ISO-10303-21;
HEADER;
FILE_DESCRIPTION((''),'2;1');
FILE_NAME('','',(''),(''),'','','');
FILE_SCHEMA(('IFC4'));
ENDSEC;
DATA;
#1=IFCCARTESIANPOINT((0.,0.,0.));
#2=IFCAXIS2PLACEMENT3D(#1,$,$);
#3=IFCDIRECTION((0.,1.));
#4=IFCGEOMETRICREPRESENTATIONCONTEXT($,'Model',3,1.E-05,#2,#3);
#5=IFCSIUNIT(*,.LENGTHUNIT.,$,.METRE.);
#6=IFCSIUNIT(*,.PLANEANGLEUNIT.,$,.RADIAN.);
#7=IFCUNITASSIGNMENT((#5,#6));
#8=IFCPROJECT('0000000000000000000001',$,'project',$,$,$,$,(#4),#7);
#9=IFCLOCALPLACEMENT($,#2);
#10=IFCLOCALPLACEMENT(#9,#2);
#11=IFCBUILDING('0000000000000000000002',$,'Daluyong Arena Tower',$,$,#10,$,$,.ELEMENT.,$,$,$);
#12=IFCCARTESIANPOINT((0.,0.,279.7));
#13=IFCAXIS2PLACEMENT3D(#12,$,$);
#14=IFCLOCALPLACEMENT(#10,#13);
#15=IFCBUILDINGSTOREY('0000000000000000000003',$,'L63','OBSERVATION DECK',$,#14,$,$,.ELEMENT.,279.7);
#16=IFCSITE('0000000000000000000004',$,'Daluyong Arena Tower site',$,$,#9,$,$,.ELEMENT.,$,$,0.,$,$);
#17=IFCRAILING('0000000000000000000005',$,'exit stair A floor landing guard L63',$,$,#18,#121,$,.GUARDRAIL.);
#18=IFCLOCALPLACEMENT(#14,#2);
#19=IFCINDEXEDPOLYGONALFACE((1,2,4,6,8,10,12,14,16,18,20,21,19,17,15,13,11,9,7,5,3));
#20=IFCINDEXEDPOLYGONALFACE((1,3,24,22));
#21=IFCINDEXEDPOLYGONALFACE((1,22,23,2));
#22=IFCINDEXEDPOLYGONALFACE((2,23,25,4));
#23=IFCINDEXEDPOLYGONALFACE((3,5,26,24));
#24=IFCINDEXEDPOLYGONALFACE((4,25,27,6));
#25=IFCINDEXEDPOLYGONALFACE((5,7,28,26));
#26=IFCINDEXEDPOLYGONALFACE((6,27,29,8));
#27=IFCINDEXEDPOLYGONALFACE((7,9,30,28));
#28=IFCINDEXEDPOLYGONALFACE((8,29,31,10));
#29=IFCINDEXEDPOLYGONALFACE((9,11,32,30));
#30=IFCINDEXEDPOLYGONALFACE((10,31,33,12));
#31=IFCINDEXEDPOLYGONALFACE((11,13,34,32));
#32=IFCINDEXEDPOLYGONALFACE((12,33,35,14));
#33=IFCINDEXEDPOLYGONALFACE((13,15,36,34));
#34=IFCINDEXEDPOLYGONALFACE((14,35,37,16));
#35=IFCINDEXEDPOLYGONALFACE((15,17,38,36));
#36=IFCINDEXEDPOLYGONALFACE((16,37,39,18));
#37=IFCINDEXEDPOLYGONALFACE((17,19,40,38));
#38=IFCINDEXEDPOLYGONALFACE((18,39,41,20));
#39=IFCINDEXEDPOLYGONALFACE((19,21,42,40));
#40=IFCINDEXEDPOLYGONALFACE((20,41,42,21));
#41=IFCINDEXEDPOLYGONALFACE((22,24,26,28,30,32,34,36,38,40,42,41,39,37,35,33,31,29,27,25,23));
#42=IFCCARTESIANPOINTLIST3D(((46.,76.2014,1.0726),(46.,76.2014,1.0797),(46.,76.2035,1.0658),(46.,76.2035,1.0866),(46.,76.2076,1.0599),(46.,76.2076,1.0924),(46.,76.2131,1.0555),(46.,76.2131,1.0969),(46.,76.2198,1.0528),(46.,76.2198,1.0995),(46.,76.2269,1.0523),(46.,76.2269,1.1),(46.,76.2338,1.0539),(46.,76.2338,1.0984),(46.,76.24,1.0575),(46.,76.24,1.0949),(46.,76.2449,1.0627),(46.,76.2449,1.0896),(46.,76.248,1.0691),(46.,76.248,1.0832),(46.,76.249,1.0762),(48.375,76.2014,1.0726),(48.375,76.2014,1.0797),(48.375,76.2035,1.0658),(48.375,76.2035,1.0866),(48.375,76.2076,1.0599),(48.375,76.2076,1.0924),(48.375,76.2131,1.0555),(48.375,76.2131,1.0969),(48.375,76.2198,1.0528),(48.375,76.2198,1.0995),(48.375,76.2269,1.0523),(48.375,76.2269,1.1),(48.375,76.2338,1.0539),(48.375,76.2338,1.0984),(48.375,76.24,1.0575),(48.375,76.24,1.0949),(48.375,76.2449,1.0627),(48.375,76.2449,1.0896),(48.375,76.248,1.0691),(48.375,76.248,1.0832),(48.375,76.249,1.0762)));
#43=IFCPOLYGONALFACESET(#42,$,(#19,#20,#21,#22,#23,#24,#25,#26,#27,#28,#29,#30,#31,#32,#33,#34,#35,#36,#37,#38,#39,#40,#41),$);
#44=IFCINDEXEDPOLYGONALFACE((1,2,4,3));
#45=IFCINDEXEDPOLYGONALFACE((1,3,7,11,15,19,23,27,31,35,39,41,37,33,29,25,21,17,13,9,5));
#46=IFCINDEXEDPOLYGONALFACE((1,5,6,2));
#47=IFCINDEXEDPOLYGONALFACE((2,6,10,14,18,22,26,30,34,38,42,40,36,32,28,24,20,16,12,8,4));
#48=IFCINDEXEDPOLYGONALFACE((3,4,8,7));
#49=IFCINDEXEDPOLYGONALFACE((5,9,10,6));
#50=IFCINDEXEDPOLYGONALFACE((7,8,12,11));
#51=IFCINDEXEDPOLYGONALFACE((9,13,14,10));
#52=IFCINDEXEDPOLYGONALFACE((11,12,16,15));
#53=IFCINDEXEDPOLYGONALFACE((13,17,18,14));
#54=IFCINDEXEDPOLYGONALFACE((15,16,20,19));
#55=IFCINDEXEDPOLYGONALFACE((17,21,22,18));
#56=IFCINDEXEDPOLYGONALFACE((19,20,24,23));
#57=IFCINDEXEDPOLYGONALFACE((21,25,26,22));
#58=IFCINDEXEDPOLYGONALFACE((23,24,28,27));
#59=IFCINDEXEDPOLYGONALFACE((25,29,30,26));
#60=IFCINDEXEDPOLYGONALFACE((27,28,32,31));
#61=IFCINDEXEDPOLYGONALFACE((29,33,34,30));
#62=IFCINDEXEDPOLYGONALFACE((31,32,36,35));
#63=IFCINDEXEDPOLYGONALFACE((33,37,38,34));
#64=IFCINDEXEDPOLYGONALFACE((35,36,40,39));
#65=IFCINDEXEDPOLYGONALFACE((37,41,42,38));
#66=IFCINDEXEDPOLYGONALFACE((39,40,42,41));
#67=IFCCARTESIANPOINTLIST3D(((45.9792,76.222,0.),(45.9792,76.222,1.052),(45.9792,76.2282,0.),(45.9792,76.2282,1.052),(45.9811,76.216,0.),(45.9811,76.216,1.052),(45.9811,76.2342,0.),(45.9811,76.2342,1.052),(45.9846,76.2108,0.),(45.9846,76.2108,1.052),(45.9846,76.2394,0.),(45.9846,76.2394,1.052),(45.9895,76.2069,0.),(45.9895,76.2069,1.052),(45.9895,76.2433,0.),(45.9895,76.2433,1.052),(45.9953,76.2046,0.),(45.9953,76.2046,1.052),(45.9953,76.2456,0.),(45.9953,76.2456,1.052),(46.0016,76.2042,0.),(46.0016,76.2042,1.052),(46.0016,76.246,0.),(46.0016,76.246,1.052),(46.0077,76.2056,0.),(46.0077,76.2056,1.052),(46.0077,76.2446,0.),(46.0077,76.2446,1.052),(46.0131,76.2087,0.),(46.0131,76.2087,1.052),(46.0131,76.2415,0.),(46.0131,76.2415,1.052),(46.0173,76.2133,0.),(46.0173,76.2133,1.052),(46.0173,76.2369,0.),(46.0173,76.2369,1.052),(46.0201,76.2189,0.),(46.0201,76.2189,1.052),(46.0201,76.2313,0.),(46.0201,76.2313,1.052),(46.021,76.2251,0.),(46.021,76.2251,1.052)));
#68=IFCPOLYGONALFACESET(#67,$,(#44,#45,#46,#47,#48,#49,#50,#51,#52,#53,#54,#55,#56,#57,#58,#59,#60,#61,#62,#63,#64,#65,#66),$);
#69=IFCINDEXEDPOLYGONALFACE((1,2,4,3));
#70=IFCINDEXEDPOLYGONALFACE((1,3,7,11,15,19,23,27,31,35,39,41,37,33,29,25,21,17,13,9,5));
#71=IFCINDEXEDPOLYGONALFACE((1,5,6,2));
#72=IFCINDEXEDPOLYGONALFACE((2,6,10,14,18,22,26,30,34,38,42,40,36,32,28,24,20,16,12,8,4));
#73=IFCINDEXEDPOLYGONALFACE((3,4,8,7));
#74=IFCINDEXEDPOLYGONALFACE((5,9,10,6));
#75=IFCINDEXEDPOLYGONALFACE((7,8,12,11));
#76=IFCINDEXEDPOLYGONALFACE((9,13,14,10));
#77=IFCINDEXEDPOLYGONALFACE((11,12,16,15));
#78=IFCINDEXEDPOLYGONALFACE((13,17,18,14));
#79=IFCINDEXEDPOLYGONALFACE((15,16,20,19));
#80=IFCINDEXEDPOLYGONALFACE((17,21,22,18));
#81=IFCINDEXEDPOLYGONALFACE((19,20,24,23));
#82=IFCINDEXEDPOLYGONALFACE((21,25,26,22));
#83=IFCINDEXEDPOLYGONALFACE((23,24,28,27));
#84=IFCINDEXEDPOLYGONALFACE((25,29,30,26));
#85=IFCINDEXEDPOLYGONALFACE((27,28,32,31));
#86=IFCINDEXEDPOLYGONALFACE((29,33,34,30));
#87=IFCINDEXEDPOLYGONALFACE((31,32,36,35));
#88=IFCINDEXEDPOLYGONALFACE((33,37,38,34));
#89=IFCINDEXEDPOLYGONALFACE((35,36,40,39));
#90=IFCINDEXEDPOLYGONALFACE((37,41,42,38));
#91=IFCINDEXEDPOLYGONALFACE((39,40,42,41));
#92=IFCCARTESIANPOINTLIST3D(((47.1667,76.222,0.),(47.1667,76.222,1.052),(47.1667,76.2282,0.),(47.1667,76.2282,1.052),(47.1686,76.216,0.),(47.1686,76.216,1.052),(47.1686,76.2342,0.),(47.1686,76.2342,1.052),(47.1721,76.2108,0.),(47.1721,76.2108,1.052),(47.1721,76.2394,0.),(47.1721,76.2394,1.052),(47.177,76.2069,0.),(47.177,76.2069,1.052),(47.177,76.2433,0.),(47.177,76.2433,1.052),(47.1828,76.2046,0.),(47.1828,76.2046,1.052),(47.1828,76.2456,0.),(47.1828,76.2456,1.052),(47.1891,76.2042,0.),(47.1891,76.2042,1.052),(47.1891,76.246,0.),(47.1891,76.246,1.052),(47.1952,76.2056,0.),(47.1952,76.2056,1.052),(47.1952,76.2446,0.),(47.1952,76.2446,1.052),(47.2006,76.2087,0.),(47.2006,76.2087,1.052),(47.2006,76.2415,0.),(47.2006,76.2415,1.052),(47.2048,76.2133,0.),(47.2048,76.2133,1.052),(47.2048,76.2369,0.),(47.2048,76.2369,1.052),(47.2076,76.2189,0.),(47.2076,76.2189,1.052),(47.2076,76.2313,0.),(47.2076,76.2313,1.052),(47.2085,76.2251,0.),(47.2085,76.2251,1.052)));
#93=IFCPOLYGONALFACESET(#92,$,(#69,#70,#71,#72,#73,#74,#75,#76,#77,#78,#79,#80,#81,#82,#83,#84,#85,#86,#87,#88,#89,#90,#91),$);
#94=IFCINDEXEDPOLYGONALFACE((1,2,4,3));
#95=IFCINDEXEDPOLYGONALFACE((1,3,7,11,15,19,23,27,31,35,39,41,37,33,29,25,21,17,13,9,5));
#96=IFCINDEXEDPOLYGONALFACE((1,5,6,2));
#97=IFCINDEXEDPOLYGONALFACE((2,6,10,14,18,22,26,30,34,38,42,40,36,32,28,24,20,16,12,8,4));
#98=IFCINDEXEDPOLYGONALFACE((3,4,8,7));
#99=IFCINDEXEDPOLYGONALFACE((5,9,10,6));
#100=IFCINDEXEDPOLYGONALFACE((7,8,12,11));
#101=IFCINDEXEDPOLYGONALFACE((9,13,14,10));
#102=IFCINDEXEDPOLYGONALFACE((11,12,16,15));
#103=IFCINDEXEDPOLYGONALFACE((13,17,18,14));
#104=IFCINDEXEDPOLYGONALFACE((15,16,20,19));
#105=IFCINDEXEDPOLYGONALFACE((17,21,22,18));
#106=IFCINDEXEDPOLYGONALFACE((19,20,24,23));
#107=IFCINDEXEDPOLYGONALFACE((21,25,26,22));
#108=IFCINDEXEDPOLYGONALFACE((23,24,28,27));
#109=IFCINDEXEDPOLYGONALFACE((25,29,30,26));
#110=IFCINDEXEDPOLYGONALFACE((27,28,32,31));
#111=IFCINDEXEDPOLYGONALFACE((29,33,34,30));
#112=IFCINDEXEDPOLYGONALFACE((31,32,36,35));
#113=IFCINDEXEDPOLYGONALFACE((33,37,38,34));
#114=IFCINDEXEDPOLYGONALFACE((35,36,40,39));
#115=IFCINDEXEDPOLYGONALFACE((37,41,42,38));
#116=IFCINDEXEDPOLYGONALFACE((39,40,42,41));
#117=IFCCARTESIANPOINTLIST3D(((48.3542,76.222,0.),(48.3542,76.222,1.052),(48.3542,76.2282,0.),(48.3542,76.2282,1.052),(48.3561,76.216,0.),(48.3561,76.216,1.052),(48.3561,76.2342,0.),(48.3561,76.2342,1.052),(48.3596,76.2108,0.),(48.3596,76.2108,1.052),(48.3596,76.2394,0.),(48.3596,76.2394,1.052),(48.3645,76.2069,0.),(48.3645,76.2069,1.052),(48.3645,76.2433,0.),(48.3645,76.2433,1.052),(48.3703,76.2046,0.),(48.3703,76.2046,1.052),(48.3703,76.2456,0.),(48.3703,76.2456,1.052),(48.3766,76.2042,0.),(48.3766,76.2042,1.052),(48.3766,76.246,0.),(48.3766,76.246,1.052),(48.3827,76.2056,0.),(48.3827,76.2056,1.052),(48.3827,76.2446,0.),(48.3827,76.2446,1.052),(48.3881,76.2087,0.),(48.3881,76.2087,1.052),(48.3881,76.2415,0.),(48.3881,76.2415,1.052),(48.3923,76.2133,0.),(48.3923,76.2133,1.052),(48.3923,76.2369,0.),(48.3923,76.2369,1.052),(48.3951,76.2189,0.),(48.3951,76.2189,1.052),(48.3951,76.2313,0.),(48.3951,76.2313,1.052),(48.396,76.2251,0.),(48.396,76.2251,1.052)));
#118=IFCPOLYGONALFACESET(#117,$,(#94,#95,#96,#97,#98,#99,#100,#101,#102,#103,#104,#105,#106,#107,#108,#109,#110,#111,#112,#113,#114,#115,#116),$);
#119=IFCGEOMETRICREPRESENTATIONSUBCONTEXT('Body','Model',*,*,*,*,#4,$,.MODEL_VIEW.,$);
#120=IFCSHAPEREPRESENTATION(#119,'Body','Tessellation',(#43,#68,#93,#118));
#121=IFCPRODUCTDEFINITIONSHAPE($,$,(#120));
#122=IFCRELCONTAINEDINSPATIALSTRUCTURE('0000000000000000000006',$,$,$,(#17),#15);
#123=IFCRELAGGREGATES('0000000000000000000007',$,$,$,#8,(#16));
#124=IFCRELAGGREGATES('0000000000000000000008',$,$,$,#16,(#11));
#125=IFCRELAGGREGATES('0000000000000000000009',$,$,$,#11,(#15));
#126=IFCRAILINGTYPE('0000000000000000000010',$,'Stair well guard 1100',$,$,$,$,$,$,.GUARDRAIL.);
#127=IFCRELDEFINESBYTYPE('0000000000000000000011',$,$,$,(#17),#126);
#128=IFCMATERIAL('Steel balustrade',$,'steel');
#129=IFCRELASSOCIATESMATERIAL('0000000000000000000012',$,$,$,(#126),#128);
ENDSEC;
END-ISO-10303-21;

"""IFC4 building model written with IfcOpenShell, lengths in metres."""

from ifc_helpers import new_model, si_unit, direction, frame, origin, origin_2d, place, context, subcontext, project, spatial, circle, extrude, material, type_object, element, save


model = new_model("IFC4")

# Units and contexts
model_context = context("Model", 3, precision=1e-05, world=origin(), true_north=direction((0.0, 1.0)))
body_context = subcontext(model_context, "Body", "Model", "MODEL_VIEW")
ifc_project = project(units=[si_unit("LENGTHUNIT", "METRE"), si_unit("PLANEANGLEUNIT", "RADIAN")], contexts=[model_context])

# Site, building, storey
site_placement = place(None, origin())
site = spatial("IfcSite", under=ifc_project, at=site_placement, Name="Daluyong Arena Tower site", CompositionType="ELEMENT", RefElevation=0.0)
building_placement = place(site_placement, origin())
building = spatial("IfcBuilding", under=site, at=building_placement, Name="Daluyong Arena Tower", CompositionType="ELEMENT")
storey_placement = place(building_placement, frame((0.0, 0.0, 279.7)))
storey = spatial("IfcBuildingStorey", under=building, at=storey_placement, Name="L63", Description="OBSERVATION DECK", CompositionType="ELEMENT", Elevation=279.7)

# Railing
ifc_material_1 = material(Name="Steel balustrade", Category="steel")
railing_type_1 = type_object("IfcRailingType", Name="Stair well guard 1100", PredefinedType="GUARDRAIL", material=ifc_material_1)
railing_1_placement = place(storey_placement, frame((46.0, 76.2251, 0.0)))
element("IfcRailing", 1, at=railing_1_placement, inside=storey, type_object=railing_type_1, Name="exit stair A floor landing guard L63", PredefinedType="GUARDRAIL", context=body_context, shape_type="SweptSolid", body=[
    extrude(circle(Radius=0.0239, at=origin_2d()), frame((0.0, 0.0, 1.0762), z_axis=(1.0, 0.0, 0.0), x_axis=(0.0, 1.0, 0.0)), (0.0, 0.0, 1.0), 2.375),
    extrude(circle(Radius=0.021, at=origin_2d()), origin(), (0.0, 0.0, 1.0), 1.052),
    extrude(circle(Radius=0.021, at=origin_2d()), frame((1.1875, 0.0, 0.0)), (0.0, 0.0, 1.0), 1.052),
    extrude(circle(Radius=0.021, at=origin_2d()), frame((2.375, 0.0, 0.0)), (0.0, 0.0, 1.0), 1.052),
])

save(model, "model.ifc")
